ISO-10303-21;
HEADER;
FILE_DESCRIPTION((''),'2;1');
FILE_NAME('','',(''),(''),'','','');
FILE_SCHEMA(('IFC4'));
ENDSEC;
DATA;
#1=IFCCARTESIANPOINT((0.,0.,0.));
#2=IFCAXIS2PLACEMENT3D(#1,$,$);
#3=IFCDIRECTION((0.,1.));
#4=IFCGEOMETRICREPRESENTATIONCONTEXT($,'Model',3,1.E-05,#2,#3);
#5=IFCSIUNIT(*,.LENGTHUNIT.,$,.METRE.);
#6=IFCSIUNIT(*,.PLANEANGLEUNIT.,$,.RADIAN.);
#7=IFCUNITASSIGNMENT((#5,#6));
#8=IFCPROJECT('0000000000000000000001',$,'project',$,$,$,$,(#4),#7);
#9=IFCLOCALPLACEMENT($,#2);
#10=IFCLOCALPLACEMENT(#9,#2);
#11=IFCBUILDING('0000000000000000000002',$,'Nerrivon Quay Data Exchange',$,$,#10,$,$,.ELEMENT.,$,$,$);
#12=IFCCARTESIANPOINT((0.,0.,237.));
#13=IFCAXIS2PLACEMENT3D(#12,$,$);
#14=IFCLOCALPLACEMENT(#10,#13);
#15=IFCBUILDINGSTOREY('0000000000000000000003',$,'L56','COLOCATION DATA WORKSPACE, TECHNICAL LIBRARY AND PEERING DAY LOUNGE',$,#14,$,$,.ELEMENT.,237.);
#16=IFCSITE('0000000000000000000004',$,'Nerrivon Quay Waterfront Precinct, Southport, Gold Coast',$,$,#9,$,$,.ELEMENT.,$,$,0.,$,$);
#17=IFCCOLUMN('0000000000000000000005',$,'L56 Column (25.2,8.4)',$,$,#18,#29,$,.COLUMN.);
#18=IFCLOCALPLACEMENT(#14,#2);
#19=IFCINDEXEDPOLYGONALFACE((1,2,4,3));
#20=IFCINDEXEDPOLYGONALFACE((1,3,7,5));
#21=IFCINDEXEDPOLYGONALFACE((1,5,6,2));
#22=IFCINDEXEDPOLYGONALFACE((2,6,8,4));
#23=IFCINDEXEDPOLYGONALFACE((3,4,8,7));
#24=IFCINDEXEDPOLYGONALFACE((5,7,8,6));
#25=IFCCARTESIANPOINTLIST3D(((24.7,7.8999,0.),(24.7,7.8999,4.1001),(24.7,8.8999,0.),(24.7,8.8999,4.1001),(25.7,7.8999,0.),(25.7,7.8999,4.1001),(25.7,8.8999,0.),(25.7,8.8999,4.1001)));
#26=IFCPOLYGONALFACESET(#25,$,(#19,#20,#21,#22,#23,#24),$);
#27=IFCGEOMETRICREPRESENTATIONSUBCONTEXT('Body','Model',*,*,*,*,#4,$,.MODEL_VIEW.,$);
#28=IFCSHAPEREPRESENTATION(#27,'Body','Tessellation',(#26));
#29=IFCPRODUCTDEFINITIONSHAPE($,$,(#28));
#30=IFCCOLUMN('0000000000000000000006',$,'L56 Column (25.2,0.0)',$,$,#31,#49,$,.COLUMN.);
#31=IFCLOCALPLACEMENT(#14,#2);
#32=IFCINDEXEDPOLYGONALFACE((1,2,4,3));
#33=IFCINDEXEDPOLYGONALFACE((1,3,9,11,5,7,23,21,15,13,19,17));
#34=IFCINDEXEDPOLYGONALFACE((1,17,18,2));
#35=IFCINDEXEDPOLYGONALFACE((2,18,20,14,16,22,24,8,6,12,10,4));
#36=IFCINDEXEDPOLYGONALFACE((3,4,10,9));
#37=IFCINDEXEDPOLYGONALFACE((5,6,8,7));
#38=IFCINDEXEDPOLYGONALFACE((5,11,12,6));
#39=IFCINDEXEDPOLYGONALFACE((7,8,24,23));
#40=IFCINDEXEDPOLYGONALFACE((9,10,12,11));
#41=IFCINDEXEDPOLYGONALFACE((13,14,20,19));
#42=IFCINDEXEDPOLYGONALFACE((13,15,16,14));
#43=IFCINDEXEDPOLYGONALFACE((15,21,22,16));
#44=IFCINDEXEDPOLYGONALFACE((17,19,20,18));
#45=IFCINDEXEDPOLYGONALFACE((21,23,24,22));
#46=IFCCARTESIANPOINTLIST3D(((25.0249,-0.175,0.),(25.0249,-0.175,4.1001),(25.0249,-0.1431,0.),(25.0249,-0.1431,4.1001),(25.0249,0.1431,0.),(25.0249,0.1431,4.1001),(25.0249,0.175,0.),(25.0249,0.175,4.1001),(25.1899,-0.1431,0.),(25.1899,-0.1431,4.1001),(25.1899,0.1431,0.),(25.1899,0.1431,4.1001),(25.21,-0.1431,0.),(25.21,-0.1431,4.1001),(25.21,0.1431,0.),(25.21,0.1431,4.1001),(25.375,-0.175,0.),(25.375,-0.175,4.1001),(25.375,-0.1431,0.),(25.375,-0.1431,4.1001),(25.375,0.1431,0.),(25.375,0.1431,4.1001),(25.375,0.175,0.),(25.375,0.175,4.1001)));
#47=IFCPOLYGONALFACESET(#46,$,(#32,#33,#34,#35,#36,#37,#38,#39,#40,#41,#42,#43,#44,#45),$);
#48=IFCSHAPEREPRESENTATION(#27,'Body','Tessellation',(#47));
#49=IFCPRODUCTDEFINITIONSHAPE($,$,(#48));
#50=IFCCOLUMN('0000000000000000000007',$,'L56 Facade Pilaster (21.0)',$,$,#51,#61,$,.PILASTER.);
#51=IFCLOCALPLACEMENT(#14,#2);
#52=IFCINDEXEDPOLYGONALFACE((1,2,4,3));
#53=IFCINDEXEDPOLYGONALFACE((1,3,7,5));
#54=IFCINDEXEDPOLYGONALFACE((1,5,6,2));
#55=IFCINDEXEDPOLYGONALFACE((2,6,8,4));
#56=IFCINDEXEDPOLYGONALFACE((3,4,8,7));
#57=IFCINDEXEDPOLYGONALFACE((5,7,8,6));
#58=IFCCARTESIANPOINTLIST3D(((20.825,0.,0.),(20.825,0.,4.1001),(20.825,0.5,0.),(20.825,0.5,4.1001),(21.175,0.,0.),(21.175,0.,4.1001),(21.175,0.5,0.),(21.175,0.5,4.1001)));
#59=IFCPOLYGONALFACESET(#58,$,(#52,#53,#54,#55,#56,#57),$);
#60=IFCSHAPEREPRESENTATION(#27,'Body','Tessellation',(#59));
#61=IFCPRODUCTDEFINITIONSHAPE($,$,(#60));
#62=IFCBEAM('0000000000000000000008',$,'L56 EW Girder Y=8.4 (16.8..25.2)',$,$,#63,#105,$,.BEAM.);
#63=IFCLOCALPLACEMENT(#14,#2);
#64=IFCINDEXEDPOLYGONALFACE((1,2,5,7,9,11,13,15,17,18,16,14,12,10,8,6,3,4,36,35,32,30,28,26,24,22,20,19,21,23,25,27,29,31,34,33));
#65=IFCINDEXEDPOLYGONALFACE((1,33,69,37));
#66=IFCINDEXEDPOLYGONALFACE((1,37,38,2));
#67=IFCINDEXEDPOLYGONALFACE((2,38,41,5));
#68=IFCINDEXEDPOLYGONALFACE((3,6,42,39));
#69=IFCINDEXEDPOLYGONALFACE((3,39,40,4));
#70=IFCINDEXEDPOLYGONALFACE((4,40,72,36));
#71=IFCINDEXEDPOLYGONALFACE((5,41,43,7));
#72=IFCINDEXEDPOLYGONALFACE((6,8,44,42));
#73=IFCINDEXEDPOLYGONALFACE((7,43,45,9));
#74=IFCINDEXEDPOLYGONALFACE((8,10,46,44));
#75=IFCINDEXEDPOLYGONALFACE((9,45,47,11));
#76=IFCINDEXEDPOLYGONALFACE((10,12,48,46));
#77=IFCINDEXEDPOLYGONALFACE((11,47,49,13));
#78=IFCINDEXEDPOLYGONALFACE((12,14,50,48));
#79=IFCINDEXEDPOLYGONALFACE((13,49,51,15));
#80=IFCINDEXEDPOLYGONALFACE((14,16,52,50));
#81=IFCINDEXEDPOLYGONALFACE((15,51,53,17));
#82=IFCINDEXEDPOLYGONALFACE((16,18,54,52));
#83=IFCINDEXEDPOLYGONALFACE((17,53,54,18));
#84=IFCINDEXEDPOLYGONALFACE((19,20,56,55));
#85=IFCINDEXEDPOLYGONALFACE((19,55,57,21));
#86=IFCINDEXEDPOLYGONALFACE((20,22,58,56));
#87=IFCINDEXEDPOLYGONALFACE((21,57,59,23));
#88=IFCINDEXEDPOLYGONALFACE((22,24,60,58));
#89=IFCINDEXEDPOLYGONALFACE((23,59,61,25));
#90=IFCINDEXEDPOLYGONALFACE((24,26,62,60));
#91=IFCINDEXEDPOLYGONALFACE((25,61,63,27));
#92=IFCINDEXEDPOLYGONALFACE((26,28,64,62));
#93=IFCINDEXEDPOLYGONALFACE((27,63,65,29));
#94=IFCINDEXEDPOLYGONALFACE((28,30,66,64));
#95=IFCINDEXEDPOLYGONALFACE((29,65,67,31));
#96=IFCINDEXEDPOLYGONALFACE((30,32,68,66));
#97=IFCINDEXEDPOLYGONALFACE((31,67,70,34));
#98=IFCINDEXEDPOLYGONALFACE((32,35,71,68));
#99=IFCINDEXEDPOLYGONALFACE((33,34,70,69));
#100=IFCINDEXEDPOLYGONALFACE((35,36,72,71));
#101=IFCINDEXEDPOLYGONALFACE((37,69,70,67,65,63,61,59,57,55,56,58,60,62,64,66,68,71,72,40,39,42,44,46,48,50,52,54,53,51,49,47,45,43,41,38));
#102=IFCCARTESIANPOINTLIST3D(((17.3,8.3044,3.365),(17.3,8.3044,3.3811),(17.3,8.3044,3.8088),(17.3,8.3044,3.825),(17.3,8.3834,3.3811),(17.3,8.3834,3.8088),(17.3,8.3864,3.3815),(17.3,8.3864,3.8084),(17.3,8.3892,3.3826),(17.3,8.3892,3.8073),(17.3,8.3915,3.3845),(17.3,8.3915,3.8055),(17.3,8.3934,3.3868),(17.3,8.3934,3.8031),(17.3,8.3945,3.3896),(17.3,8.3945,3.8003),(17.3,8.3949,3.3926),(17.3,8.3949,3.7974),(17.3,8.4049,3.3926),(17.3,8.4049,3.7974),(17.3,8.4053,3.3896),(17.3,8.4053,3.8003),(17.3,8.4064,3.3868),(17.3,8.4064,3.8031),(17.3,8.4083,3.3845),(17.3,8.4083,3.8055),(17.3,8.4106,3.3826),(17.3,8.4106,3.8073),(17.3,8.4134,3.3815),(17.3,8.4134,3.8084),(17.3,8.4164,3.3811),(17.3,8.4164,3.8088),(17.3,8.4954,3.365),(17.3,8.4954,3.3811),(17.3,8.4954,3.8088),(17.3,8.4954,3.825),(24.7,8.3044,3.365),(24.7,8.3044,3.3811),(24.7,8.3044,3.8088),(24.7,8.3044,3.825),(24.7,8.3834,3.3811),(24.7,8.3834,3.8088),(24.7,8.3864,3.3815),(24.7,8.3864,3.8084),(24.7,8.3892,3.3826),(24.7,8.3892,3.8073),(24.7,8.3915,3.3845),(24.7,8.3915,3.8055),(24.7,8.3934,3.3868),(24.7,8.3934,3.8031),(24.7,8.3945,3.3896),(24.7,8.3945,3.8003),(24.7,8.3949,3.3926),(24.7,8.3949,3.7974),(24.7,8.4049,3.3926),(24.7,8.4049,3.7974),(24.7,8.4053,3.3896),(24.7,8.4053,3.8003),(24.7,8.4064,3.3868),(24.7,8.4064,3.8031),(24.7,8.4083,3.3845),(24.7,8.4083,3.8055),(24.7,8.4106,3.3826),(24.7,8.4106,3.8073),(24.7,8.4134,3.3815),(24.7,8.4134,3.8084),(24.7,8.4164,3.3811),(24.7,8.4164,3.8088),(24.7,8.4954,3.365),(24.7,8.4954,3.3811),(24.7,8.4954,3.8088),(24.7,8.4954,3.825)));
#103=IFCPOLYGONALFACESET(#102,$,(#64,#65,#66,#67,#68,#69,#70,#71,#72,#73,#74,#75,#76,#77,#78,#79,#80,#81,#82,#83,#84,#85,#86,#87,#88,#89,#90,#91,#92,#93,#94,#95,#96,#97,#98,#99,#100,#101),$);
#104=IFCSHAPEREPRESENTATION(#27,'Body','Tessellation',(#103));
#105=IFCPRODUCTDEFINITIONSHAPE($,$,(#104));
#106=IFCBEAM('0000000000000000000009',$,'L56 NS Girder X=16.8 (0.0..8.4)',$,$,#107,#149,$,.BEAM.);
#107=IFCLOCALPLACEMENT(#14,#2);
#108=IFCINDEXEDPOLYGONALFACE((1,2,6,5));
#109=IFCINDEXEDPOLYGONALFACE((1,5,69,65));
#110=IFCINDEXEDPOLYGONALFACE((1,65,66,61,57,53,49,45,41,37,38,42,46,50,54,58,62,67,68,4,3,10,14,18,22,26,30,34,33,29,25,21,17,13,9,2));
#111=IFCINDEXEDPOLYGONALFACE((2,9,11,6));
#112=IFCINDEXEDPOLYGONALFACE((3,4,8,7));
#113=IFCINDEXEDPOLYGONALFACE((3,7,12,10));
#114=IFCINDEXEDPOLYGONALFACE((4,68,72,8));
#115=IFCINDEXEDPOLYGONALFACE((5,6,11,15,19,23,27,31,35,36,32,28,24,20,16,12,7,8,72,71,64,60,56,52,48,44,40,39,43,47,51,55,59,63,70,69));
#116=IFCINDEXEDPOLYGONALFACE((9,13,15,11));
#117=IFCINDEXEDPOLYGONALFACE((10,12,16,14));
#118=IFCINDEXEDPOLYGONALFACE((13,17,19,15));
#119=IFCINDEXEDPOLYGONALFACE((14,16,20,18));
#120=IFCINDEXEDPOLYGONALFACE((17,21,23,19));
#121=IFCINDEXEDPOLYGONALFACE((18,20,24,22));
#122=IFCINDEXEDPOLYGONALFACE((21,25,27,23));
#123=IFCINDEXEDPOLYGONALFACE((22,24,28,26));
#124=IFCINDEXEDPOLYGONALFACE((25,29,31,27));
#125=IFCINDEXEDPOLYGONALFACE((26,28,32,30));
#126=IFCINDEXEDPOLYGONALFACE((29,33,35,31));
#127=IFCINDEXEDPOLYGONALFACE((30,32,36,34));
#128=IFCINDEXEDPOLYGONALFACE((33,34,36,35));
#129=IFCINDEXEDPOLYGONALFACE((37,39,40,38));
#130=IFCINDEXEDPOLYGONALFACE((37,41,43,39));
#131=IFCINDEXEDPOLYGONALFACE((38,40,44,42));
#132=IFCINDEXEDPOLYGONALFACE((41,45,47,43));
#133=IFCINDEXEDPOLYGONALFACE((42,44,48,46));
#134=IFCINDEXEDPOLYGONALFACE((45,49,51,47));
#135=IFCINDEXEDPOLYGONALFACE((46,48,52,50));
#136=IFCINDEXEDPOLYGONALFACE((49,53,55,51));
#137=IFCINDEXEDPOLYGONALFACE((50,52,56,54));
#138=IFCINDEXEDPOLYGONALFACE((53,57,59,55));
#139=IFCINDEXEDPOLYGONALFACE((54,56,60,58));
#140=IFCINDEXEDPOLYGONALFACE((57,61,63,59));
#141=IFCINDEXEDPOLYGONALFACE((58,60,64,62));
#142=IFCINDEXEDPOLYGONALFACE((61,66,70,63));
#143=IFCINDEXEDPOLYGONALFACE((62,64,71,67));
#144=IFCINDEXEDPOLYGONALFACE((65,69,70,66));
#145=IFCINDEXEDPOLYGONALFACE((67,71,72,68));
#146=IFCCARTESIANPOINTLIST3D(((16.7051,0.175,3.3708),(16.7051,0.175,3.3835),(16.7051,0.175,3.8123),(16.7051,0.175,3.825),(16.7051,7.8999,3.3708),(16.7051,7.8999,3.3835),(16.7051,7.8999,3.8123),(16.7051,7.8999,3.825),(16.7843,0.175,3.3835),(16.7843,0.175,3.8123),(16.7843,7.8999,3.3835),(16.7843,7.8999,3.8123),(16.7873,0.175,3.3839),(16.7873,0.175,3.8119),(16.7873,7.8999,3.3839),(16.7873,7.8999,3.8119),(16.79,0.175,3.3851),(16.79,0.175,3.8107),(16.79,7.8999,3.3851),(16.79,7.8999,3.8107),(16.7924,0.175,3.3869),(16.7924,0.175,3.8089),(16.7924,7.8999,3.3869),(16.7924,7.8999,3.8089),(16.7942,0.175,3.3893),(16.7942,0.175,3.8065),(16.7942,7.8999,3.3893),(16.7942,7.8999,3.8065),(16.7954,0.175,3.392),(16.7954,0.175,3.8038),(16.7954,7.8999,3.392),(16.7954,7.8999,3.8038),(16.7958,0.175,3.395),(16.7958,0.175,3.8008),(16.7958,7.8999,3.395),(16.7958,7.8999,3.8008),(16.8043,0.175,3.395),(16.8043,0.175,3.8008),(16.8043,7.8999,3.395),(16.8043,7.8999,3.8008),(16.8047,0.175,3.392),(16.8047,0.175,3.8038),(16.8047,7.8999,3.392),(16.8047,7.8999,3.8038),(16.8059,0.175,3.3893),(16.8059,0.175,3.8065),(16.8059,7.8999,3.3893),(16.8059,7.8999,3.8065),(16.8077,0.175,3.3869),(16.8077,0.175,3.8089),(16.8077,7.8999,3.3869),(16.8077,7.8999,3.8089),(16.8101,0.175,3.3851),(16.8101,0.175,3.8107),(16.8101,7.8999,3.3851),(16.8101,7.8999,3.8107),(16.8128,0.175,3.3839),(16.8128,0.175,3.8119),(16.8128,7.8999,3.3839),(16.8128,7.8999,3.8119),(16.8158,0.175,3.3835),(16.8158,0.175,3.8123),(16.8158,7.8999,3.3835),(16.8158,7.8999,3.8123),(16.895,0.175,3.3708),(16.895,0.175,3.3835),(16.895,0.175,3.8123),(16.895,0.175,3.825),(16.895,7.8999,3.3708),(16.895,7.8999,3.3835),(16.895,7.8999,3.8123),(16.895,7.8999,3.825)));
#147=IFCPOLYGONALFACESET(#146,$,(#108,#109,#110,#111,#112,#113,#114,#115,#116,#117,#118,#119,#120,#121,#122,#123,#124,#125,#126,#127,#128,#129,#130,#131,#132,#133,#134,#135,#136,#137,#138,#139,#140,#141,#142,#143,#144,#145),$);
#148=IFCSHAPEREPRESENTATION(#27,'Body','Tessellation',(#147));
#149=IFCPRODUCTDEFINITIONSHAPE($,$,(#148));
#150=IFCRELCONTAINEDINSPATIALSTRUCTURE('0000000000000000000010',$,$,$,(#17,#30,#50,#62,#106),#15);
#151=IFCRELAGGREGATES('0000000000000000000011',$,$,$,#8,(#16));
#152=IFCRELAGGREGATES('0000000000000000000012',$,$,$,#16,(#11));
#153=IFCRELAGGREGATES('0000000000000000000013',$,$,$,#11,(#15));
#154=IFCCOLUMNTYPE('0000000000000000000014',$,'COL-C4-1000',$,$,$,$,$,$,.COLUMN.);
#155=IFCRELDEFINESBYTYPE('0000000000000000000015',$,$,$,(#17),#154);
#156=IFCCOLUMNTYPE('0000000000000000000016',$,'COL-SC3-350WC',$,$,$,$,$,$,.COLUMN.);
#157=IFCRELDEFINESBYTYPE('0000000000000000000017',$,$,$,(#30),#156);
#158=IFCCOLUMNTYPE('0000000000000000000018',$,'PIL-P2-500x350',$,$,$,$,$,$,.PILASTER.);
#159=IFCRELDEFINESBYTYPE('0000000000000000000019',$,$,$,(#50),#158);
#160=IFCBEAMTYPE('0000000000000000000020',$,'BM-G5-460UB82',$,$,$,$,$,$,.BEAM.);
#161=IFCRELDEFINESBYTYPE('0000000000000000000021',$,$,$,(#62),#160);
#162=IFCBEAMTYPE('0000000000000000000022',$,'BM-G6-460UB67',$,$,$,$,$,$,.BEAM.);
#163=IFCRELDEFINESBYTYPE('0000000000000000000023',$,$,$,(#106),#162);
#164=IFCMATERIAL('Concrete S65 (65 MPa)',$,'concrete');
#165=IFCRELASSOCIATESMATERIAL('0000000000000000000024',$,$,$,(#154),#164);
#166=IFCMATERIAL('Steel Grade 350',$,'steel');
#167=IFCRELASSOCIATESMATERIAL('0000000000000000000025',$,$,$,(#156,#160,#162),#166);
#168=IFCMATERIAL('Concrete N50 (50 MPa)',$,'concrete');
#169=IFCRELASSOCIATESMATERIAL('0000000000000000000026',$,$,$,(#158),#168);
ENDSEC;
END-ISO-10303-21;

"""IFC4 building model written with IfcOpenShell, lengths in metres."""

from ifc_helpers import new_model, si_unit, direction, frame, origin, origin_2d, place, context, subcontext, project, spatial, rectangle, i_section, extrude, material, material_profile, profile_set, type_object, element, save


model = new_model("IFC4")

# Units and contexts
model_context = context("Model", 3, precision=1e-05, world=origin(), true_north=direction((0.0, 1.0)))
body_context = subcontext(model_context, "Body", "Model", "MODEL_VIEW")
ifc_project = project(units=[si_unit("LENGTHUNIT", "METRE"), si_unit("PLANEANGLEUNIT", "RADIAN")], contexts=[model_context])

# Site, building, storey
site_placement = place(None, origin())
site = spatial("IfcSite", under=ifc_project, at=site_placement, Name="Nerrivon Quay Waterfront Precinct, Southport, Gold Coast", CompositionType="ELEMENT", RefElevation=0.0)
building_placement = place(site_placement, origin())
building = spatial("IfcBuilding", under=site, at=building_placement, Name="Nerrivon Quay Data Exchange", CompositionType="ELEMENT")
storey_placement = place(building_placement, frame((0.0, 0.0, 237.0)))
storey = spatial("IfcBuildingStorey", under=building, at=storey_placement, Name="L56", Description="COLOCATION DATA WORKSPACE, TECHNICAL LIBRARY AND PEERING DAY LOUNGE", CompositionType="ELEMENT", Elevation=237.0)

# Columns
ifc_material_1 = material(Name="Concrete S65 (65 MPa)", Category="concrete")
ifc_material_profile_1 = material_profile(ifc_material_1, rectangle(XDim=1.0, YDim=1.0, at=origin_2d()), Name="RC-COL-1000x1000")
ifc_profile_set_1 = profile_set([ifc_material_profile_1], Name="Concrete S65 (65 MPa)")
column_type_1 = type_object("IfcColumnType", Name="COL-C4-1000", PredefinedType="COLUMN", material=ifc_profile_set_1)
column_1_placement = place(storey_placement, frame((25.2, 8.3999, 0.0), z_axis=(0.0, 0.0, 1.0), x_axis=(1.0, 0.0, 0.0)))
element("IfcColumn", 1, at=column_1_placement, inside=storey, type_object=column_type_1, Name="L56 Column (25.2,8.4)", PredefinedType="COLUMN", context=body_context, shape_type="SweptSolid", body=[
    extrude(rectangle(XDim=1.0, YDim=1.0, at=origin_2d()), origin(), (0.0, 0.0, 1.0), 4.1001),
])
ifc_material_2 = material(Name="Steel Grade 350", Category="steel")
ifc_material_profile_2 = material_profile(ifc_material_2, i_section(OverallWidth=0.3501, OverallDepth=0.3501, WebThickness=0.02, FlangeThickness=0.032, at=origin_2d()), Name="350WC230")
ifc_profile_set_2 = profile_set([ifc_material_profile_2], Name="Steel Grade 350")
column_type_2 = type_object("IfcColumnType", Name="COL-SC3-350WC", PredefinedType="COLUMN", material=ifc_profile_set_2)
column_2_placement = place(storey_placement, frame((25.2, 0.0, 0.0), z_axis=(0.0, 0.0, 1.0), x_axis=(1.0, 0.0, 0.0)))
element("IfcColumn", 2, at=column_2_placement, inside=storey, type_object=column_type_2, Name="L56 Column (25.2,0.0)", PredefinedType="COLUMN", context=body_context, shape_type="SweptSolid", body=[
    extrude(i_section(OverallWidth=0.3501, OverallDepth=0.3501, WebThickness=0.02, FlangeThickness=0.032, at=origin_2d()), origin(), (0.0, 0.0, 1.0), 4.1001),
])
ifc_material_3 = material(Name="Concrete N50 (50 MPa)", Category="concrete")
ifc_material_profile_3 = material_profile(ifc_material_3, rectangle(XDim=0.3501, YDim=0.5, at=origin_2d()), Name="RC-PIL-500x350")
ifc_profile_set_3 = profile_set([ifc_material_profile_3], Name="Concrete N50 (50 MPa)")
column_type_3 = type_object("IfcColumnType", Name="PIL-P2-500x350", PredefinedType="PILASTER", material=ifc_profile_set_3)
column_3_placement = place(storey_placement, frame((21.0, 0.25, 0.0), z_axis=(0.0, 0.0, 1.0), x_axis=(1.0, 0.0, 0.0)))
element("IfcColumn", 3, at=column_3_placement, inside=storey, type_object=column_type_3, Name="L56 Facade Pilaster (21.0)", PredefinedType="PILASTER", context=body_context, shape_type="SweptSolid", body=[
    extrude(rectangle(XDim=0.3501, YDim=0.5, at=origin_2d()), origin(), (0.0, 0.0, 1.0), 4.1001),
])

# Beams
ifc_material_profile_4 = material_profile(ifc_material_2, i_section(OverallWidth=0.1909, OverallDepth=0.46, WebThickness=0.01, FlangeThickness=0.0161, FilletRadius=0.0115, at=origin_2d()), Name="460UB82.1")
ifc_profile_set_4 = profile_set([ifc_material_profile_4], Name="Steel Grade 350")
beam_type_1 = type_object("IfcBeamType", Name="BM-G5-460UB82", PredefinedType="BEAM", material=ifc_profile_set_4)
beam_1_placement = place(storey_placement, frame((17.3, 8.3999, 3.595), z_axis=(1.0, 0.0, 0.0), x_axis=(0.0, 1.0, 0.0)))
element("IfcBeam", 4, at=beam_1_placement, inside=storey, type_object=beam_type_1, Name="L56 EW Girder Y=8.4 (16.8..25.2)", PredefinedType="BEAM", context=body_context, shape_type="SweptSolid", body=[
    extrude(i_section(OverallWidth=0.1909, OverallDepth=0.46, WebThickness=0.01, FlangeThickness=0.0161, FilletRadius=0.0115, at=origin_2d()), origin(), (0.0, 0.0, 1.0), 7.3999),
])
ifc_material_profile_5 = material_profile(ifc_material_2, i_section(OverallWidth=0.1899, OverallDepth=0.4541, WebThickness=0.0085, FlangeThickness=0.0127, FilletRadius=0.0115, at=origin_2d()), Name="460UB67.1")
ifc_profile_set_5 = profile_set([ifc_material_profile_5], Name="Steel Grade 350")
beam_type_2 = type_object("IfcBeamType", Name="BM-G6-460UB67", PredefinedType="BEAM", material=ifc_profile_set_5)
for number, where, z_axis, x_axis, name in (
    (5, (16.8, 0.175, 3.5979), (0.0, 1.0, 0.0), (-1.0, 0.0, 0.0), "L56 NS Girder X=16.8 (0.0..8.4)"),
):
    element("IfcBeam", number, at=place(storey_placement, frame(where, z_axis=z_axis, x_axis=x_axis)), inside=storey, type_object=beam_type_2, Name=name, PredefinedType="BEAM", context=body_context, shape_type="SweptSolid", body=[
        extrude(i_section(OverallWidth=0.1899, OverallDepth=0.4541, WebThickness=0.0085, FlangeThickness=0.0127, FilletRadius=0.0115, at=origin_2d()), origin(), (0.0, 0.0, 1.0), 7.7249),
    ])

save(model, "model.ifc")
